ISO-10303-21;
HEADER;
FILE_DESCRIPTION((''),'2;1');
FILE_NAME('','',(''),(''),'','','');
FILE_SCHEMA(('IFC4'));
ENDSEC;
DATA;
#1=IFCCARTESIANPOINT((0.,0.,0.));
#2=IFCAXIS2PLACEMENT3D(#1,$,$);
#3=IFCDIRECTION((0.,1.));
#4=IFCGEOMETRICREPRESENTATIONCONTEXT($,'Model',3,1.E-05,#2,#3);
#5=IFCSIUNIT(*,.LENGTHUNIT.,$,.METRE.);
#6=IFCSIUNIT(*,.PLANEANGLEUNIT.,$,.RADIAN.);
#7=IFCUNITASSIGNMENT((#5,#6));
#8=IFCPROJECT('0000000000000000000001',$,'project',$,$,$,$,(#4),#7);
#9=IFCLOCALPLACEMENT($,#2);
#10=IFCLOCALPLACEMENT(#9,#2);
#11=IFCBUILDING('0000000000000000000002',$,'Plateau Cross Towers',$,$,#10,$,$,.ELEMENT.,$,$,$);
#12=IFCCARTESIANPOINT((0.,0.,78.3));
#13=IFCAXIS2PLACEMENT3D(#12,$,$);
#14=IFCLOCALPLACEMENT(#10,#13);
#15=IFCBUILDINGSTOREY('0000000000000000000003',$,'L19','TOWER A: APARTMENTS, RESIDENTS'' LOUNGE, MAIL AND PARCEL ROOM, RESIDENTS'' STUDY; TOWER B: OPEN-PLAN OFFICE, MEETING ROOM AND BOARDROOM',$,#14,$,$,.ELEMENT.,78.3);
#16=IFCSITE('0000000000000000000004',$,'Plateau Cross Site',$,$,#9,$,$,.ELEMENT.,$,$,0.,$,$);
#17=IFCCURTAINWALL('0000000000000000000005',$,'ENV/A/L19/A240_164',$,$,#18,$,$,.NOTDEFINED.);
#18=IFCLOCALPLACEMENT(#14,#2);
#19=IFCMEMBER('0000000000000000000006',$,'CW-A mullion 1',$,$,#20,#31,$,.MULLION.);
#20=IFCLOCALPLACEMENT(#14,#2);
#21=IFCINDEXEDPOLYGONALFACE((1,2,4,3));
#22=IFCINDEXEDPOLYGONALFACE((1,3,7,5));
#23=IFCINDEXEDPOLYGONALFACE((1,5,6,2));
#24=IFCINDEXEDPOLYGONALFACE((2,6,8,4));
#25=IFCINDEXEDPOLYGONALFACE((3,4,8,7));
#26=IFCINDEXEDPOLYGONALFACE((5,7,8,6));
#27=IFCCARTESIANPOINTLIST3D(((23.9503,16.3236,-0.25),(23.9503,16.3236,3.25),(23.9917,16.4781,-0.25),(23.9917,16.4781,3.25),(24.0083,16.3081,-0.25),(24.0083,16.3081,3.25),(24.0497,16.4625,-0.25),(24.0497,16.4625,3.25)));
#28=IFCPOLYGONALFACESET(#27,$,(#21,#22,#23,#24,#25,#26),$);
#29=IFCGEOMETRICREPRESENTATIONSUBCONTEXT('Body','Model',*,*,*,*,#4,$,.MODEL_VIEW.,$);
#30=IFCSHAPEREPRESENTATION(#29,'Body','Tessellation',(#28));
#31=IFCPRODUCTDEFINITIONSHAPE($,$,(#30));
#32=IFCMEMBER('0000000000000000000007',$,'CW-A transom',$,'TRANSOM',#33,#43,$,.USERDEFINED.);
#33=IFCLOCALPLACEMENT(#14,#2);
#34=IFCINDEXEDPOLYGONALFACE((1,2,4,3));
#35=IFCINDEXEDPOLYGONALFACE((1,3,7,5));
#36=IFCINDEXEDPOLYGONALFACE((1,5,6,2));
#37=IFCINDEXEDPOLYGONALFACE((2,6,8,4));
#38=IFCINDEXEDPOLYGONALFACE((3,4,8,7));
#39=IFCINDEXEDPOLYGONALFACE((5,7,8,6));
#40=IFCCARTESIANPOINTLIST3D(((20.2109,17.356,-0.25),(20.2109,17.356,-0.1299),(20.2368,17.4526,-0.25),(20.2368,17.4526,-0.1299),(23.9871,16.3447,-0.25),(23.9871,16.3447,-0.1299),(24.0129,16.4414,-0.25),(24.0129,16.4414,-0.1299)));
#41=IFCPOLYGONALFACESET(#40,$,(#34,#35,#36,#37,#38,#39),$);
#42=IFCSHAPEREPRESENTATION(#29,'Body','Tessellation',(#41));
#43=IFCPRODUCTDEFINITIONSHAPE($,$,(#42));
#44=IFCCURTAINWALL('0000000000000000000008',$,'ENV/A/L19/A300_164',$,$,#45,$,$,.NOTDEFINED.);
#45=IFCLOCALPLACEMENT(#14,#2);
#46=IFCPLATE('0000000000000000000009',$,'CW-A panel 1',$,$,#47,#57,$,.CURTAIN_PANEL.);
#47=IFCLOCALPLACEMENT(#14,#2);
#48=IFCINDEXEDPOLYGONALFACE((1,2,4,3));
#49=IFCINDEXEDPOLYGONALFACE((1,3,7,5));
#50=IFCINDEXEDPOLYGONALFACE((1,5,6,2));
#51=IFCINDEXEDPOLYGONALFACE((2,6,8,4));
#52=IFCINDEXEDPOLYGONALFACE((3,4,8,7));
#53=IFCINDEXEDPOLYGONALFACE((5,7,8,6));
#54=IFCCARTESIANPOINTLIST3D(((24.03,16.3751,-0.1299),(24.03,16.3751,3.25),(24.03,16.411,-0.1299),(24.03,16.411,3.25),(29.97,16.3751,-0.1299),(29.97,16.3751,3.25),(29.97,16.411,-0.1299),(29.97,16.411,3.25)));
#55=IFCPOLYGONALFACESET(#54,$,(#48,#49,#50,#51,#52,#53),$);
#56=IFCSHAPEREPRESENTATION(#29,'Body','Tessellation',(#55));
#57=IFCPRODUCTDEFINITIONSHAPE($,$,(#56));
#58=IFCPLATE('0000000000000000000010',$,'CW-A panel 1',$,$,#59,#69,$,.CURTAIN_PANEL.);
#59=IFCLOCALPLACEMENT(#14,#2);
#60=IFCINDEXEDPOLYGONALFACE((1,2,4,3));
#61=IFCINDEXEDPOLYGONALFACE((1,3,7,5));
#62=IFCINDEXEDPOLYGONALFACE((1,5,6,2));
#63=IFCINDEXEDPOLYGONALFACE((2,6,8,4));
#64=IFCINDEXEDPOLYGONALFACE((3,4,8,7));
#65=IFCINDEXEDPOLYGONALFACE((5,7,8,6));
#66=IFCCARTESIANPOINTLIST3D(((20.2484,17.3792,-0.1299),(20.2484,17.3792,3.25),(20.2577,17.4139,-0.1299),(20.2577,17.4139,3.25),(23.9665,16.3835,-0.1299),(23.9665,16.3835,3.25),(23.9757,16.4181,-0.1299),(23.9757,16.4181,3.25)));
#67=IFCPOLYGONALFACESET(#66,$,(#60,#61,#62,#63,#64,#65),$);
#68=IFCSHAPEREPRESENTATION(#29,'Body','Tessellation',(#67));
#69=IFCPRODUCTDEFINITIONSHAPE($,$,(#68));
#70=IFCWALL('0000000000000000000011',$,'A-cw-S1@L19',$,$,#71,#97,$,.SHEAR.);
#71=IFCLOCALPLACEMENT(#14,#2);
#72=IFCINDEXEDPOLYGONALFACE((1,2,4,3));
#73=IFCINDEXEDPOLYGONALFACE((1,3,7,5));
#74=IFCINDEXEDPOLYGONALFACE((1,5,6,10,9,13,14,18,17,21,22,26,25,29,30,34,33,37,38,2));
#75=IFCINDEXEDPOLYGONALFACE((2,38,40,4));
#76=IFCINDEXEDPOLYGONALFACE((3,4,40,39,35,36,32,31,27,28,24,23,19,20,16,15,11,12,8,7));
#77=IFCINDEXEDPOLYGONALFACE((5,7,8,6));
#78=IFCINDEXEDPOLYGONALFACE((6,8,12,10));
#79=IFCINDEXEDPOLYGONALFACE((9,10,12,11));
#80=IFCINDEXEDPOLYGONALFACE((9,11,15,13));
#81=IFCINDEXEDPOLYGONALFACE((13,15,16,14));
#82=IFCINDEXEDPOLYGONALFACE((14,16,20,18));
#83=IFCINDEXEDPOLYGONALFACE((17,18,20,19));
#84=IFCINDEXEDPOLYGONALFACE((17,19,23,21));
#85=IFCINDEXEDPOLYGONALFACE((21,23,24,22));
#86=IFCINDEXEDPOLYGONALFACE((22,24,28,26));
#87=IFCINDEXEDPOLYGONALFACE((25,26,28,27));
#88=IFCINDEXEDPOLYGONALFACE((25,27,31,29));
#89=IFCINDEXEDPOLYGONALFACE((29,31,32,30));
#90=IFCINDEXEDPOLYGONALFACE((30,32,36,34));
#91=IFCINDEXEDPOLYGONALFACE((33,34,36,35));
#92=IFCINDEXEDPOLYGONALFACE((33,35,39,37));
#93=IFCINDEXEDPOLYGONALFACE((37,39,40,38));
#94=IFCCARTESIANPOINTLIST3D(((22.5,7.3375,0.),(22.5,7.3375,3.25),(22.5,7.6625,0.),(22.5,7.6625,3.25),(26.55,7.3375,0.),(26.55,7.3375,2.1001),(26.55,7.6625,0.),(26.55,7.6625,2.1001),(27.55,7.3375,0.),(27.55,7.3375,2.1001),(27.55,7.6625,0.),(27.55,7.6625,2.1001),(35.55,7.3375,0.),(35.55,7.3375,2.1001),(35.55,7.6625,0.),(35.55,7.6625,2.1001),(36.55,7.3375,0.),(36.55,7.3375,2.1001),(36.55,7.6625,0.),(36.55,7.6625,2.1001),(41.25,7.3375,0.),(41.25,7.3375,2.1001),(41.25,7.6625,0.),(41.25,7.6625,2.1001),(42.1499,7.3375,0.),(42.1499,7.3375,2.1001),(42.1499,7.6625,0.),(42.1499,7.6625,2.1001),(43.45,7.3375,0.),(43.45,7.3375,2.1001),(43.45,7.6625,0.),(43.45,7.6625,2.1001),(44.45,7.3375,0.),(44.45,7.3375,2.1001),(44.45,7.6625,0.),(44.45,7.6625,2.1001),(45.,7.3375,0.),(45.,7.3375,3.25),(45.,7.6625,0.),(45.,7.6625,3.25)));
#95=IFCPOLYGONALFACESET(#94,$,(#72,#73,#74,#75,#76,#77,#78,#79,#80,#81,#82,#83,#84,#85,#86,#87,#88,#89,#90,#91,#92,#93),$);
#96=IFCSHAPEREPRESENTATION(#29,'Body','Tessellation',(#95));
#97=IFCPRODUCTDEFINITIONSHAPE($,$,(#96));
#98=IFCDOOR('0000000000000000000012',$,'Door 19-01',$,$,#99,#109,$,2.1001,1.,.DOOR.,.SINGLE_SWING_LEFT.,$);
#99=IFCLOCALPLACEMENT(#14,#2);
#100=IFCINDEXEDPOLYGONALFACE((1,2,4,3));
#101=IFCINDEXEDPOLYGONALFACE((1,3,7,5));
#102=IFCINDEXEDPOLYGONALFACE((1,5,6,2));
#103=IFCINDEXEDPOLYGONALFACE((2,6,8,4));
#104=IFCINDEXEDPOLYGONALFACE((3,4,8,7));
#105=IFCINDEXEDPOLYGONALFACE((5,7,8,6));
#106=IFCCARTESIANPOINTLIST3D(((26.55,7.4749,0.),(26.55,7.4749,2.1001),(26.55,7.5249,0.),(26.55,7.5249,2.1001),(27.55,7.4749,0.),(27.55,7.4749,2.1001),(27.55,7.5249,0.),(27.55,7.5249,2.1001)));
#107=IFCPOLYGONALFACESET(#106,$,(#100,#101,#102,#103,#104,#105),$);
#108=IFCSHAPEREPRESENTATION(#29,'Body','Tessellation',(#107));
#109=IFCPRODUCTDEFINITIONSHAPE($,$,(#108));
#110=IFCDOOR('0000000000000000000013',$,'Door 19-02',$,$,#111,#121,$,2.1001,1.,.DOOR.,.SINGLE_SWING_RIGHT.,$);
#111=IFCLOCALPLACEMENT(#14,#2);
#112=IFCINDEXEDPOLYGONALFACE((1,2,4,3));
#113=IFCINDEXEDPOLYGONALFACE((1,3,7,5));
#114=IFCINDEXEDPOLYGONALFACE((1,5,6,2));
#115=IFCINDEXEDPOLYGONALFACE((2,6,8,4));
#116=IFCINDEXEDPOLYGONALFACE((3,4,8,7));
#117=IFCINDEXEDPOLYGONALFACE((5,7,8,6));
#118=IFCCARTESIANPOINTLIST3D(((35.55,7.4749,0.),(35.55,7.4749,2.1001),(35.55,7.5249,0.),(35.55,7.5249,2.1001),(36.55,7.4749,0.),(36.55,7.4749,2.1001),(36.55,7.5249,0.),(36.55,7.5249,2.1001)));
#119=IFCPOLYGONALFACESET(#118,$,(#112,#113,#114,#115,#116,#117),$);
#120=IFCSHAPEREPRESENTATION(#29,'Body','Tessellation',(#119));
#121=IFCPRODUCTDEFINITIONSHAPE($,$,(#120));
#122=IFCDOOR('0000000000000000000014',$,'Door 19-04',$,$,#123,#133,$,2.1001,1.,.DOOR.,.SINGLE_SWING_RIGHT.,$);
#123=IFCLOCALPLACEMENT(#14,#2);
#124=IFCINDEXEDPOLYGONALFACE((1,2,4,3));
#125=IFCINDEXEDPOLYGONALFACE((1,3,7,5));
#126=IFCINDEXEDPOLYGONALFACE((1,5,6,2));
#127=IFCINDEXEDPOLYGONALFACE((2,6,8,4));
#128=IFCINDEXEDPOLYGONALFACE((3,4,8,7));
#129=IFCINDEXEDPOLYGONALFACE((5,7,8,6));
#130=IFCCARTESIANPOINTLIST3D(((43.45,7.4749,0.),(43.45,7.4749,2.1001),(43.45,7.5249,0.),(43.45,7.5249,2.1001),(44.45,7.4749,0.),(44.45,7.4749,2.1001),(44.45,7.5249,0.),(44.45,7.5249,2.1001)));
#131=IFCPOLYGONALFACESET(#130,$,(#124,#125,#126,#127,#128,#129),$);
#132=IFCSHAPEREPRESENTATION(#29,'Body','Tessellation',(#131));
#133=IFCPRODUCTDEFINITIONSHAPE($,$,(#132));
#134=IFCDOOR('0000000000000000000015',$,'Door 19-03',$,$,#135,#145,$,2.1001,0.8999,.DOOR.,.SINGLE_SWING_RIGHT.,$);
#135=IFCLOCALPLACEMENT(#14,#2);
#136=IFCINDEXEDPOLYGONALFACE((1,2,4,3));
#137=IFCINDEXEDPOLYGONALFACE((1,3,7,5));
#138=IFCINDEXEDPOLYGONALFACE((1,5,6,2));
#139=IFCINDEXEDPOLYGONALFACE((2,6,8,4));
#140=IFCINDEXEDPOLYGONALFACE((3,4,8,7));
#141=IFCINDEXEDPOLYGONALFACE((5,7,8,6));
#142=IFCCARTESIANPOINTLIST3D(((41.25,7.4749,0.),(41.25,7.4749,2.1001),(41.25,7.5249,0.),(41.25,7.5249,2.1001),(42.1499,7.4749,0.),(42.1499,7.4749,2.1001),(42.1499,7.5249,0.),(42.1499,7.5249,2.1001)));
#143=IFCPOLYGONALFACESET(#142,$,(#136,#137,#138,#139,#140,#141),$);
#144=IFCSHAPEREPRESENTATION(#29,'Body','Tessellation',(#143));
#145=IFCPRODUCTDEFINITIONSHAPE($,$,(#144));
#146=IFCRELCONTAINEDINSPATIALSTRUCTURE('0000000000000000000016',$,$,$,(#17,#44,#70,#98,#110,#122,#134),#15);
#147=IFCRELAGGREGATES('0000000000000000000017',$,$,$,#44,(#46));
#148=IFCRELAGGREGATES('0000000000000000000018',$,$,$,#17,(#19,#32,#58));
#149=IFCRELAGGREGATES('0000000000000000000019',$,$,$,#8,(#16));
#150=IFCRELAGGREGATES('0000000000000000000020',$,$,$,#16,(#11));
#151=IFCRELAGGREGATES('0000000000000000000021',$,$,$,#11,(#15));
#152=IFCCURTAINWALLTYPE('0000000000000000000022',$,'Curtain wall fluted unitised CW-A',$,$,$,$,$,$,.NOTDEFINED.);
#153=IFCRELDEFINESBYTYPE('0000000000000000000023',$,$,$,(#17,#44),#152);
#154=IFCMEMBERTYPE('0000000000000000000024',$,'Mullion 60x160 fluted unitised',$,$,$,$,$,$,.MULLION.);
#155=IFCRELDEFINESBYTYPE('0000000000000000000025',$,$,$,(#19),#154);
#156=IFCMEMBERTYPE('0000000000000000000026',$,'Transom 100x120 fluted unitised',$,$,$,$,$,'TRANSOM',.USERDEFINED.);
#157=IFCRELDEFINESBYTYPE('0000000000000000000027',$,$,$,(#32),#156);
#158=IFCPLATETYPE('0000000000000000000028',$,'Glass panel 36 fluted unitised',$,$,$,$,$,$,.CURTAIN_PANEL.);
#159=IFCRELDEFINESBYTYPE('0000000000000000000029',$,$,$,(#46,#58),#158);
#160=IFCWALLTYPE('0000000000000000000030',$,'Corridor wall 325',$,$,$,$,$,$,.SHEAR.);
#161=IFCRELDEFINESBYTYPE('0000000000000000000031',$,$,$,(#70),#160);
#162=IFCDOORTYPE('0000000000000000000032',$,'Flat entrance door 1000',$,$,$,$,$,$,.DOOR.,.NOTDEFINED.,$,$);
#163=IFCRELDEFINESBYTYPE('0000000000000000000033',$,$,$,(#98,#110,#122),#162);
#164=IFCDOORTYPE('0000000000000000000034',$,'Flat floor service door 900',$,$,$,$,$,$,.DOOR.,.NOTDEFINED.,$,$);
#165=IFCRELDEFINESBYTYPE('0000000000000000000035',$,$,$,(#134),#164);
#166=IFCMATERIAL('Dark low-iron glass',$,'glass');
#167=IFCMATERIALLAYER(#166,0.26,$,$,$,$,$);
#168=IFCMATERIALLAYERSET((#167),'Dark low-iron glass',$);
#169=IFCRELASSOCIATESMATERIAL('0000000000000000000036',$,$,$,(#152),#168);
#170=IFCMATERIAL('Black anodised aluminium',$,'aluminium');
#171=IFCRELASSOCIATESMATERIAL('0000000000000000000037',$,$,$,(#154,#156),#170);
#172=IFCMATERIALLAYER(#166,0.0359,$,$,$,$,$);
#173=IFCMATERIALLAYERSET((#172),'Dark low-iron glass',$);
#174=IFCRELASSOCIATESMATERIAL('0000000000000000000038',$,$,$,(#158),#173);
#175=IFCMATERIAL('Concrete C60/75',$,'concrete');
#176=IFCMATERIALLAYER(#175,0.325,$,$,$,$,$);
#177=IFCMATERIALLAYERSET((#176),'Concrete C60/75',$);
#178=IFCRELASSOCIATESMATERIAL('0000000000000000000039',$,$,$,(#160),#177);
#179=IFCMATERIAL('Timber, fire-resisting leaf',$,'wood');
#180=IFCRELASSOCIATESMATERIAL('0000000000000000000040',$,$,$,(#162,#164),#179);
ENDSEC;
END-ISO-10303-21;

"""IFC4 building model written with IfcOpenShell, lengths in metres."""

from ifc_helpers import new_model, si_unit, direction, frame, frame_2d, origin, origin_2d, place, context, subcontext, project, spatial, rectangle, extrude, material, layer, layer_set, material_profile, profile_set, type_object, element, fill, aggregate, save


model = new_model("IFC4")

# Units and contexts
model_context = context("Model", 3, precision=1e-05, world=origin(), true_north=direction((0.0, 1.0)))
body_context = subcontext(model_context, "Body", "Model", "MODEL_VIEW")
ifc_project = project(units=[si_unit("LENGTHUNIT", "METRE"), si_unit("PLANEANGLEUNIT", "RADIAN")], contexts=[model_context])

# Site, building, storey
site_placement = place(None, origin())
site = spatial("IfcSite", under=ifc_project, at=site_placement, Name="Plateau Cross Site", CompositionType="ELEMENT", RefElevation=0.0)
building_placement = place(site_placement, origin())
building = spatial("IfcBuilding", under=site, at=building_placement, Name="Plateau Cross Towers", CompositionType="ELEMENT")
storey_placement = place(building_placement, frame((0.0, 0.0, 78.3)))
storey = spatial("IfcBuildingStorey", under=building, at=storey_placement, Name="L19", Description="TOWER A: APARTMENTS, RESIDENTS' LOUNGE, MAIL AND PARCEL ROOM, RESIDENTS' STUDY; TOWER B: OPEN-PLAN OFFICE, MEETING ROOM AND BOARDROOM", CompositionType="ELEMENT", Elevation=78.3)

# Curtain wall, members
ifc_material_1 = material(Name="Dark low-iron glass", Category="glass")
ifc_layer_1 = layer(ifc_material_1, 0.26)
ifc_layer_set_1 = layer_set([ifc_layer_1], Name="Dark low-iron glass")
curtain_wall_type = type_object("IfcCurtainWallType", Name="Curtain wall fluted unitised CW-A", PredefinedType="NOTDEFINED", material=ifc_layer_set_1)
curtain_wall_1_placement = place(storey_placement, origin())
curtain_wall_1 = element("IfcCurtainWall", 1, at=curtain_wall_1_placement, inside=storey, type_object=curtain_wall_type, Name="ENV/A/L19/A240_164", PredefinedType="NOTDEFINED")
ifc_material_2 = material(Name="Black anodised aluminium", Category="aluminium")
ifc_material_profile_1 = material_profile(ifc_material_2, rectangle(XDim=0.0601, YDim=0.1599, at=origin_2d()), Name="MULLION 60x160")
ifc_profile_set_1 = profile_set([ifc_material_profile_1], Name="Black anodised aluminium")
member_type_1 = type_object("IfcMemberType", Name="Mullion 60x160 fluted unitised", PredefinedType="MULLION", material=ifc_profile_set_1)
member_1_placement = place(storey_placement, frame((24.0, 16.3931, -0.25), z_axis=(0.0, 0.0, 1.0), x_axis=(-0.965958, 0.258699, 0.0)))
member_1 = element("IfcMember", 2, at=member_1_placement, type_object=member_type_1, Name="CW-A mullion 1", PredefinedType="MULLION", context=body_context, shape_type="SweptSolid", body=[
    extrude(rectangle(XDim=0.0601, YDim=0.1599, at=origin_2d()), origin(), (0.0, 0.0, 1.0), 3.5),
])
ifc_material_profile_2 = material_profile(ifc_material_2, rectangle(XDim=0.1001, YDim=0.1201, at=origin_2d()), Name="TRANSOM 100x120")
ifc_profile_set_2 = profile_set([ifc_material_profile_2], Name="Black anodised aluminium")
member_type_2 = type_object("IfcMemberType", Name="Transom 100x120 fluted unitised", ElementType="TRANSOM", PredefinedType="USERDEFINED", material=ifc_profile_set_2)
member_2_placement = place(storey_placement, frame((24.0, 16.3931, -0.1899), z_axis=(-0.965963, 0.258681, 0.0), x_axis=(-0.258681, -0.965963, 0.0)))
member_2 = element("IfcMember", 3, at=member_2_placement, type_object=member_type_2, Name="CW-A transom", ObjectType="TRANSOM", PredefinedType="USERDEFINED", context=body_context, shape_type="SweptSolid", body=[
    extrude(rectangle(XDim=0.1001, YDim=0.1201, at=origin_2d()), origin(), (0.0, 0.0, 1.0), 3.9092),
])

# Curtain wall, plate
curtain_wall_2_placement = place(storey_placement, origin())
curtain_wall_2 = element("IfcCurtainWall", 4, at=curtain_wall_2_placement, inside=storey, type_object=curtain_wall_type, Name="ENV/A/L19/A300_164", PredefinedType="NOTDEFINED")
ifc_layer_2 = layer(ifc_material_1, 0.0359)
ifc_layer_set_2 = layer_set([ifc_layer_2], Name="Dark low-iron glass")
plate_type = type_object("IfcPlateType", Name="Glass panel 36 fluted unitised", PredefinedType="CURTAIN_PANEL", material=ifc_layer_set_2)
plate_1_placement = place(storey_placement, frame((27.0, 16.3931, -0.1299), z_axis=(0.0, 0.0, 1.0), x_axis=(-1.0, 0.0, 0.0)))
plate_1 = element("IfcPlate", 5, at=plate_1_placement, type_object=plate_type, Name="CW-A panel 1", PredefinedType="CURTAIN_PANEL", context=body_context, shape_type="SweptSolid", body=[
    extrude(rectangle(XDim=5.9399, YDim=0.0359, at=origin_2d()), origin(), (0.0, 0.0, 1.0), 3.3799),
])
aggregate(curtain_wall_2, [plate_1])

# Plate
plate_2_placement = place(storey_placement, frame((22.1121, 16.8987, -0.1299), z_axis=(0.0, 0.0, 1.0), x_axis=(-0.965958, 0.258699, 0.0)))
plate_2 = element("IfcPlate", 6, at=plate_2_placement, type_object=plate_type, Name="CW-A panel 1", PredefinedType="CURTAIN_PANEL", context=body_context, shape_type="SweptSolid", body=[
    extrude(rectangle(XDim=3.8491, YDim=0.0359, at=origin_2d()), origin(), (0.0, 0.0, 1.0), 3.3799),
])
aggregate(curtain_wall_1, [member_1, member_2, plate_2])

# Wall, openings, doors
ifc_material_3 = material(Name="Concrete C60/75", Category="concrete")
ifc_layer_3 = layer(ifc_material_3, 0.325)
ifc_layer_set_3 = layer_set([ifc_layer_3], Name="Concrete C60/75")
wall_type_1 = type_object("IfcWallType", Name="Corridor wall 325", PredefinedType="SHEAR", material=ifc_layer_set_3)
wall_1_placement = place(storey_placement, frame((22.5, 7.5, 0.0), z_axis=(0.0, 0.0, 1.0), x_axis=(1.0, 0.0, 0.0)))
wall_1 = element("IfcWall", 7, at=wall_1_placement, inside=storey, type_object=wall_type_1, Name="A-cw-S1@L19", PredefinedType="SHEAR", context=body_context, shape_type="SweptSolid", body=[
    extrude(rectangle(XDim=22.5, YDim=0.325, at=frame_2d((11.25, 0.0))), origin(), (0.0, 0.0, 1.0), 3.25),
])
opening_1_placement = place(wall_1_placement, frame((4.05, 0.0, 0.0)))
opening_1 = element("IfcOpeningElement", 8, at=opening_1_placement, cuts=wall_1, PredefinedType="OPENING", context=body_context, shape_type="SweptSolid", body=[
    extrude(rectangle(XDim=1.0, YDim=2.1001, at=frame_2d((0.5, 1.05))), frame((0.0, 0.1724, 0.0), z_axis=(0.0, -1.0, 0.0), x_axis=(1.0, 0.0, 0.0)), (0.0, 0.0, 1.0), 0.345),
])
opening_2_placement = place(wall_1_placement, frame((13.05, 0.0, 0.0)))
opening_2 = element("IfcOpeningElement", 9, at=opening_2_placement, cuts=wall_1, PredefinedType="OPENING", context=body_context, shape_type="SweptSolid", body=[
    extrude(rectangle(XDim=1.0, YDim=2.1001, at=frame_2d((0.5, 1.05))), frame((0.0, 0.1724, 0.0), z_axis=(0.0, -1.0, 0.0), x_axis=(1.0, 0.0, 0.0)), (0.0, 0.0, 1.0), 0.345),
])
opening_3_placement = place(wall_1_placement, frame((18.75, 0.0, 0.0)))
opening_3 = element("IfcOpeningElement", 10, at=opening_3_placement, cuts=wall_1, PredefinedType="OPENING", context=body_context, shape_type="SweptSolid", body=[
    extrude(rectangle(XDim=0.8999, YDim=2.1001, at=frame_2d((0.45, 1.05))), frame((0.0, 0.1724, 0.0), z_axis=(0.0, -1.0, 0.0), x_axis=(1.0, 0.0, 0.0)), (0.0, 0.0, 1.0), 0.345),
])
opening_4_placement = place(wall_1_placement, frame((20.95, 0.0, 0.0)))
opening_4 = element("IfcOpeningElement", 11, at=opening_4_placement, cuts=wall_1, PredefinedType="OPENING", context=body_context, shape_type="SweptSolid", body=[
    extrude(rectangle(XDim=1.0, YDim=2.1001, at=frame_2d((0.5, 1.05))), frame((0.0, 0.1724, 0.0), z_axis=(0.0, -1.0, 0.0), x_axis=(1.0, 0.0, 0.0)), (0.0, 0.0, 1.0), 0.345),
])
ifc_material_4 = material(Name="Timber, fire-resisting leaf", Category="wood")
door_type_1 = type_object("IfcDoorType", Name="Flat entrance door 1000", OperationType="NOTDEFINED", PredefinedType="DOOR", material=ifc_material_4)
door_1_placement = place(opening_1_placement, origin())
door_1 = element("IfcDoor", 12, at=door_1_placement, inside=storey, type_object=door_type_1, Name="Door 19-01", OperationType="SINGLE_SWING_LEFT", OverallHeight=2.1001, OverallWidth=1.0, PredefinedType="DOOR", context=body_context, shape_type="SweptSolid", body=[
    extrude(rectangle(XDim=1.0, YDim=2.1001, at=frame_2d((0.5, 1.05))), frame((0.0, 0.0249, 0.0), z_axis=(0.0, -1.0, 0.0), x_axis=(1.0, 0.0, 0.0)), (0.0, 0.0, 1.0), 0.05),
])
fill(opening_1, door_1)
door_2_placement = place(opening_2_placement, origin())
door_2 = element("IfcDoor", 13, at=door_2_placement, inside=storey, type_object=door_type_1, Name="Door 19-02", OperationType="SINGLE_SWING_RIGHT", OverallHeight=2.1001, OverallWidth=1.0, PredefinedType="DOOR", context=body_context, shape_type="SweptSolid", body=[
    extrude(rectangle(XDim=1.0, YDim=2.1001, at=frame_2d((0.5, 1.05))), frame((0.0, 0.0249, 0.0), z_axis=(0.0, -1.0, 0.0), x_axis=(1.0, 0.0, 0.0)), (0.0, 0.0, 1.0), 0.05),
])
fill(opening_2, door_2)
door_3_placement = place(opening_4_placement, origin())
door_3 = element("IfcDoor", 14, at=door_3_placement, inside=storey, type_object=door_type_1, Name="Door 19-04", OperationType="SINGLE_SWING_RIGHT", OverallHeight=2.1001, OverallWidth=1.0, PredefinedType="DOOR", context=body_context, shape_type="SweptSolid", body=[
    extrude(rectangle(XDim=1.0, YDim=2.1001, at=frame_2d((0.5, 1.05))), frame((0.0, 0.0249, 0.0), z_axis=(0.0, -1.0, 0.0), x_axis=(1.0, 0.0, 0.0)), (0.0, 0.0, 1.0), 0.05),
])
fill(opening_4, door_3)
door_type_2 = type_object("IfcDoorType", Name="Flat floor service door 900", OperationType="NOTDEFINED", PredefinedType="DOOR", material=ifc_material_4)
door_4_placement = place(opening_3_placement, origin())
door_4 = element("IfcDoor", 15, at=door_4_placement, inside=storey, type_object=door_type_2, Name="Door 19-03", OperationType="SINGLE_SWING_RIGHT", OverallHeight=2.1001, OverallWidth=0.8999, PredefinedType="DOOR", context=body_context, shape_type="SweptSolid", body=[
    extrude(rectangle(XDim=0.8999, YDim=2.1001, at=frame_2d((0.45, 1.05))), frame((0.0, 0.0249, 0.0), z_axis=(0.0, -1.0, 0.0), x_axis=(1.0, 0.0, 0.0)), (0.0, 0.0, 1.0), 0.05),
])
fill(opening_3, door_4)

save(model, "model.ifc")
